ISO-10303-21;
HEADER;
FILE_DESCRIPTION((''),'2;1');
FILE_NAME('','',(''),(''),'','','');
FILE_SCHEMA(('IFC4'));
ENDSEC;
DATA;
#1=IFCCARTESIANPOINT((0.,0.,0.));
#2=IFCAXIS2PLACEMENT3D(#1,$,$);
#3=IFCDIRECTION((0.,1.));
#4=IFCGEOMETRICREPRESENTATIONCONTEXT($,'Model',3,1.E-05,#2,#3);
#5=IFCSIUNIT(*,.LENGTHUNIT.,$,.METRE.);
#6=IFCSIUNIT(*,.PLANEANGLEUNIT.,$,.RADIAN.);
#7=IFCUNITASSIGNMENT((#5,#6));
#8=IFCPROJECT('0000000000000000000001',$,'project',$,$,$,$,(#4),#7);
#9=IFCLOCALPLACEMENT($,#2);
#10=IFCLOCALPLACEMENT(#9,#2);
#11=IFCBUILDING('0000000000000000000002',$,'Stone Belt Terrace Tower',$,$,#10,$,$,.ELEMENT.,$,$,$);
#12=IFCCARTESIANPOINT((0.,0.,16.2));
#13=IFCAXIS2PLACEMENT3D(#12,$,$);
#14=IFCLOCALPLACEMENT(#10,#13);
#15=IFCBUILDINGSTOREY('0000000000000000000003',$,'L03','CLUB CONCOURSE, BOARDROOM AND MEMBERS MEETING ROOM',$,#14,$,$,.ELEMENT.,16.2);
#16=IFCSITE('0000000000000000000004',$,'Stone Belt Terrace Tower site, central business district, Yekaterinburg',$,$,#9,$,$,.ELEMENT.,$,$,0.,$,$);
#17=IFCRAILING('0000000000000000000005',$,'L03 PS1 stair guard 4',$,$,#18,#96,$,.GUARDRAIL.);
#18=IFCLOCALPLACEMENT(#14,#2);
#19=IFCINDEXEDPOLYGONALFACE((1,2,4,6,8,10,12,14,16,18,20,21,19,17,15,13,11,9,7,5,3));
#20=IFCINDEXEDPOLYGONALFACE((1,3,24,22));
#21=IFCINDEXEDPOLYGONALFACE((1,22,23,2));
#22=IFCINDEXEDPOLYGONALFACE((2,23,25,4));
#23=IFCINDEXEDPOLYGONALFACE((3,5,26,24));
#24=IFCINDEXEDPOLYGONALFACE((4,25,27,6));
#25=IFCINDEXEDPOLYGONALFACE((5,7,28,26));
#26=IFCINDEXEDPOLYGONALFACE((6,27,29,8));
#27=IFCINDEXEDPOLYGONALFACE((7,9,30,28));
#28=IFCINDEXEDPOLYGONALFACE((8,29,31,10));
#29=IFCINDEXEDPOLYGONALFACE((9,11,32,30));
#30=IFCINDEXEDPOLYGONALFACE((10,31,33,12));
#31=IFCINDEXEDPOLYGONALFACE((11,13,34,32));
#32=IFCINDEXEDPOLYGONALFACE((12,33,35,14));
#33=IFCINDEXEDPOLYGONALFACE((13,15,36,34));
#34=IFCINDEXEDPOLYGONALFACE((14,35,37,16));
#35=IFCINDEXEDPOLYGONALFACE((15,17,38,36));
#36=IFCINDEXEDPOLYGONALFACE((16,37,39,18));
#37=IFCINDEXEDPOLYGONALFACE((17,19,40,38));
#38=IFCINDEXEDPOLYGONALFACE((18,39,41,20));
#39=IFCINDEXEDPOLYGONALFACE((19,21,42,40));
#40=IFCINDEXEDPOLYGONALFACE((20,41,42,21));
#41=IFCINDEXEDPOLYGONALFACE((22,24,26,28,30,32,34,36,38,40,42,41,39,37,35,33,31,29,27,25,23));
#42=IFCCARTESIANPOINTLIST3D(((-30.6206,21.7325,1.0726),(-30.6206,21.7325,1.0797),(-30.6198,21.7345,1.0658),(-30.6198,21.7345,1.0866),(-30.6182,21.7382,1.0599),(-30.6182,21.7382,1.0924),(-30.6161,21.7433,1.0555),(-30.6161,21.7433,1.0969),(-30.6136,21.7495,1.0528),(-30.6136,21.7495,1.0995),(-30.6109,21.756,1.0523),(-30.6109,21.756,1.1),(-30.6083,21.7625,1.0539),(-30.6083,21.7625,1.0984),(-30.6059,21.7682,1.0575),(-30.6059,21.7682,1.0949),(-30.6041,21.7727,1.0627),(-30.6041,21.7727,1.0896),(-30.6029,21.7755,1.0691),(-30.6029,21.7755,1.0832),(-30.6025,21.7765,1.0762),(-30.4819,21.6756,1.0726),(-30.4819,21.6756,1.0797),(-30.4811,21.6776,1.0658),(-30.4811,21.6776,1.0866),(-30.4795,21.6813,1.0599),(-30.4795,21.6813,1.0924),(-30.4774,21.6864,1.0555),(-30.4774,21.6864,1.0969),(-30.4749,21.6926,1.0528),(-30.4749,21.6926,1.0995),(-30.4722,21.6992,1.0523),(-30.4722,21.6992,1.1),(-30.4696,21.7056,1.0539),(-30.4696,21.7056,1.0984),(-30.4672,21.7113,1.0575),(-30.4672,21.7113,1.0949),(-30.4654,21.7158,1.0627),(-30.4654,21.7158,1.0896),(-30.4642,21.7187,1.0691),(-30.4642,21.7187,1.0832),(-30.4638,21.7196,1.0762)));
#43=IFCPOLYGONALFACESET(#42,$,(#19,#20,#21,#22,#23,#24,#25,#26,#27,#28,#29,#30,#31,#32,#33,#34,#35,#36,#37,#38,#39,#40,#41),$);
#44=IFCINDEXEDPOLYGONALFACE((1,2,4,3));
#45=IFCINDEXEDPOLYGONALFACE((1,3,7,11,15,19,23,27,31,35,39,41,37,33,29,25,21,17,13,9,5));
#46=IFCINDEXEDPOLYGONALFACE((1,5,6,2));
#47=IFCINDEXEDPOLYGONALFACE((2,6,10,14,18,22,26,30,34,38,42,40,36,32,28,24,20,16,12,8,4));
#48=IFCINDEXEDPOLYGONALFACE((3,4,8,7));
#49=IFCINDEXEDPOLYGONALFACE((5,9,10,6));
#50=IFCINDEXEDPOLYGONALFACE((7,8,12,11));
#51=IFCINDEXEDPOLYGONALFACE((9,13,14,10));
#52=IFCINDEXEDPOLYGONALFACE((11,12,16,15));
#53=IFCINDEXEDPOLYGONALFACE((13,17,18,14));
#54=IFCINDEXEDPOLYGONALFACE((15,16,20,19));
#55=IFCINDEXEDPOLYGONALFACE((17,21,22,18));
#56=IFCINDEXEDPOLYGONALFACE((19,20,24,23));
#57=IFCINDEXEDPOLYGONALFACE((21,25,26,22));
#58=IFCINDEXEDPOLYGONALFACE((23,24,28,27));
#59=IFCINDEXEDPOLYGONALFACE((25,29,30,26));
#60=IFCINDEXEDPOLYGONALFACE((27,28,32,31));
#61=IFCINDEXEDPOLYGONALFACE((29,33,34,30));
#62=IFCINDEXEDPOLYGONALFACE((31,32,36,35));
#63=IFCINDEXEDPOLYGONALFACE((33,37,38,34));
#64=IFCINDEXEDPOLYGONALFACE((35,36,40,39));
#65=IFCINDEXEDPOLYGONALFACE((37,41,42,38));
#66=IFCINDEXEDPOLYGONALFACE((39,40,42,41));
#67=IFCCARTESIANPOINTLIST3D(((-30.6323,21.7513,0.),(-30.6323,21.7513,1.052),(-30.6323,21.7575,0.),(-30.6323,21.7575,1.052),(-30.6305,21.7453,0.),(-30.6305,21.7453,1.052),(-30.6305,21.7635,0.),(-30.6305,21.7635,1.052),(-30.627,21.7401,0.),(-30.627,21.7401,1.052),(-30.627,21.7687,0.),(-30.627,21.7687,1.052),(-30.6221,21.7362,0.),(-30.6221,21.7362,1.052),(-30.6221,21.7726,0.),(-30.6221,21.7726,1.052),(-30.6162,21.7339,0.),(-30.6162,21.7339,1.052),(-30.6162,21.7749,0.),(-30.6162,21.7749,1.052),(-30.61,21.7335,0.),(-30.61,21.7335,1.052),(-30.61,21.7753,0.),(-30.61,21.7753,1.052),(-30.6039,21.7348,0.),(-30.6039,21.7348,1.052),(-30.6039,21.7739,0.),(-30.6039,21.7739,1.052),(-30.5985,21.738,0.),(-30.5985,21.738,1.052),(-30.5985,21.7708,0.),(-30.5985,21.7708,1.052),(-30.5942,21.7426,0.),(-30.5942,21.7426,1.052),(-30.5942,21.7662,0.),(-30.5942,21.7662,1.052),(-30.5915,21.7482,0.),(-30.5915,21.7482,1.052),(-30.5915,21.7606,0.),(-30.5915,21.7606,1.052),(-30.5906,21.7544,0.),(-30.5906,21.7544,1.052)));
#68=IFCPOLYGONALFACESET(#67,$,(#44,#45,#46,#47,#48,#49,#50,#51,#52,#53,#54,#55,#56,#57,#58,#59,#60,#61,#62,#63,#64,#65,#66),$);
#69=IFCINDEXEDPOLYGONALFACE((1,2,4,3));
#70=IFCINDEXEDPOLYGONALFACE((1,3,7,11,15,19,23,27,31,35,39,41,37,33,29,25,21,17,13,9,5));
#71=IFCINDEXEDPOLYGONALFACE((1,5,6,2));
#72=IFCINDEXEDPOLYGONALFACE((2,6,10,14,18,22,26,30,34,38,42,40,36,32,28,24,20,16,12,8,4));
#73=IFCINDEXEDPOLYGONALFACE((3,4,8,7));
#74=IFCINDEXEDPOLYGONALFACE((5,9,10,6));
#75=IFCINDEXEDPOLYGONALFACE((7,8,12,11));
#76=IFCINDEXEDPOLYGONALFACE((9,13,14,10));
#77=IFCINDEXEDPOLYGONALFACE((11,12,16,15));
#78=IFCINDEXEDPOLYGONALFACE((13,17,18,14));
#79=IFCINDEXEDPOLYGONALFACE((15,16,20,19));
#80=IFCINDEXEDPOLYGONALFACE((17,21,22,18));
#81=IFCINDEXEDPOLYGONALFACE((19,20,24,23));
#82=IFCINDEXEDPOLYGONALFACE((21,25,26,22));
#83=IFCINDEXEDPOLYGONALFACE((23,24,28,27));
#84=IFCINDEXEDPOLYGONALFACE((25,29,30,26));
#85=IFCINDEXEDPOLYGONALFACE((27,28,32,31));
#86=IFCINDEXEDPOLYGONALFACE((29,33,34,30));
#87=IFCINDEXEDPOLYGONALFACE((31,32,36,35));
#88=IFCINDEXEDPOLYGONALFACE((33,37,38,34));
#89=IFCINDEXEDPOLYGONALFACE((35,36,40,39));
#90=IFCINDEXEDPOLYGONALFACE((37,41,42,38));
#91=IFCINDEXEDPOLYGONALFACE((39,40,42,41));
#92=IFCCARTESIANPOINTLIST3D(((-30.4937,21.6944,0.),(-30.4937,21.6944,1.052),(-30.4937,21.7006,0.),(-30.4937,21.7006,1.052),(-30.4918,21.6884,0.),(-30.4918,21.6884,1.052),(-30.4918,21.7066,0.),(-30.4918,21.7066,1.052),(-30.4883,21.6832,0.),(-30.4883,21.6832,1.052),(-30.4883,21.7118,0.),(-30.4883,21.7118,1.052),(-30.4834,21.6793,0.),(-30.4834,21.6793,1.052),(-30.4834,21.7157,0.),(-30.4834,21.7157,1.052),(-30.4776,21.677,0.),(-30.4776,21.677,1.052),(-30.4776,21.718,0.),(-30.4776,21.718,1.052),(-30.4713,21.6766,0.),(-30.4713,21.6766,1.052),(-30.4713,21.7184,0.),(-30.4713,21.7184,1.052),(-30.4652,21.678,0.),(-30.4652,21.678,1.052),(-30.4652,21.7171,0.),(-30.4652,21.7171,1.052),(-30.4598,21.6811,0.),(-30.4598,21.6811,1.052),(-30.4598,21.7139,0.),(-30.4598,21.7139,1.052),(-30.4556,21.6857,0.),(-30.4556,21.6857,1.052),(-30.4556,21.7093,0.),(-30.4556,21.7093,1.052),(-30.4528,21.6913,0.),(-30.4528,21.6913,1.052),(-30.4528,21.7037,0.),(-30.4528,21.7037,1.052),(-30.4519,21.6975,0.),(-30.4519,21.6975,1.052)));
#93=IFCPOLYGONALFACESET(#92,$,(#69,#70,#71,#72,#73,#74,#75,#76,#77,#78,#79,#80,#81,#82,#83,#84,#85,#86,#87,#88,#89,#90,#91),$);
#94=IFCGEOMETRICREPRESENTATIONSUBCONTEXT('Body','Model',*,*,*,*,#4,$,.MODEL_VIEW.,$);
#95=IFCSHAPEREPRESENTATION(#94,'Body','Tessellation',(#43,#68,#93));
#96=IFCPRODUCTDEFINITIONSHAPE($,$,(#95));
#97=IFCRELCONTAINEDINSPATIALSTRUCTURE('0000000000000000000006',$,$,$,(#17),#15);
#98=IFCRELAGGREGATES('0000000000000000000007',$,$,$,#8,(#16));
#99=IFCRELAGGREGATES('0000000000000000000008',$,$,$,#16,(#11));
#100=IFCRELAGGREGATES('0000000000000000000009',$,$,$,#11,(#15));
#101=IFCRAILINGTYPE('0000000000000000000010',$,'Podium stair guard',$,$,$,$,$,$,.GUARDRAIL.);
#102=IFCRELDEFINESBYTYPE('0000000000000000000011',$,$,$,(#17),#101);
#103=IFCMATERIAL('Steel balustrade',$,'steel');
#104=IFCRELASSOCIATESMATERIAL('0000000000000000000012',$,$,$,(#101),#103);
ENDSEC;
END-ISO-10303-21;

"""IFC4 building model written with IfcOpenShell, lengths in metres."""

from ifc_helpers import new_model, si_unit, direction, frame, origin, origin_2d, place, context, subcontext, project, spatial, circle, extrude, material, type_object, element, save


model = new_model("IFC4")

# Units and contexts
model_context = context("Model", 3, precision=1e-05, world=origin(), true_north=direction((0.0, 1.0)))
body_context = subcontext(model_context, "Body", "Model", "MODEL_VIEW")
ifc_project = project(units=[si_unit("LENGTHUNIT", "METRE"), si_unit("PLANEANGLEUNIT", "RADIAN")], contexts=[model_context])

# Site, building, storey
site_placement = place(None, origin())
site = spatial("IfcSite", under=ifc_project, at=site_placement, Name="Stone Belt Terrace Tower site, central business district, Yekaterinburg", CompositionType="ELEMENT", RefElevation=0.0)
building_placement = place(site_placement, origin())
building = spatial("IfcBuilding", under=site, at=building_placement, Name="Stone Belt Terrace Tower", CompositionType="ELEMENT")
storey_placement = place(building_placement, frame((0.0, 0.0, 16.2)))
storey = spatial("IfcBuildingStorey", under=building, at=storey_placement, Name="L03", Description="CLUB CONCOURSE, BOARDROOM AND MEMBERS MEETING ROOM", CompositionType="ELEMENT", Elevation=16.2)

# Railing
ifc_material_1 = material(Name="Steel balustrade", Category="steel")
railing_type_1 = type_object("IfcRailingType", Name="Podium stair guard", PredefinedType="GUARDRAIL", material=ifc_material_1)
railing_1_placement = place(storey_placement, frame((-30.6116, 21.7544, 0.0)))
element("IfcRailing", 1, at=railing_1_placement, inside=storey, type_object=railing_type_1, Name="L03 PS1 stair guard 4", PredefinedType="GUARDRAIL", context=body_context, shape_type="SweptSolid", body=[
    extrude(circle(Radius=0.0239, at=origin_2d()), frame((0.0, 0.0, 1.0762), z_axis=(0.925183, -0.379521, 0.0), x_axis=(0.379521, 0.925183, 0.0)), (0.0, 0.0, 1.0), 0.1499),
    extrude(circle(Radius=0.021, at=origin_2d()), origin(), (0.0, 0.0, 1.0), 1.052),
    extrude(circle(Radius=0.021, at=origin_2d()), frame((0.1387, -0.0569, 0.0)), (0.0, 0.0, 1.0), 1.052),
])

save(model, "model.ifc")
